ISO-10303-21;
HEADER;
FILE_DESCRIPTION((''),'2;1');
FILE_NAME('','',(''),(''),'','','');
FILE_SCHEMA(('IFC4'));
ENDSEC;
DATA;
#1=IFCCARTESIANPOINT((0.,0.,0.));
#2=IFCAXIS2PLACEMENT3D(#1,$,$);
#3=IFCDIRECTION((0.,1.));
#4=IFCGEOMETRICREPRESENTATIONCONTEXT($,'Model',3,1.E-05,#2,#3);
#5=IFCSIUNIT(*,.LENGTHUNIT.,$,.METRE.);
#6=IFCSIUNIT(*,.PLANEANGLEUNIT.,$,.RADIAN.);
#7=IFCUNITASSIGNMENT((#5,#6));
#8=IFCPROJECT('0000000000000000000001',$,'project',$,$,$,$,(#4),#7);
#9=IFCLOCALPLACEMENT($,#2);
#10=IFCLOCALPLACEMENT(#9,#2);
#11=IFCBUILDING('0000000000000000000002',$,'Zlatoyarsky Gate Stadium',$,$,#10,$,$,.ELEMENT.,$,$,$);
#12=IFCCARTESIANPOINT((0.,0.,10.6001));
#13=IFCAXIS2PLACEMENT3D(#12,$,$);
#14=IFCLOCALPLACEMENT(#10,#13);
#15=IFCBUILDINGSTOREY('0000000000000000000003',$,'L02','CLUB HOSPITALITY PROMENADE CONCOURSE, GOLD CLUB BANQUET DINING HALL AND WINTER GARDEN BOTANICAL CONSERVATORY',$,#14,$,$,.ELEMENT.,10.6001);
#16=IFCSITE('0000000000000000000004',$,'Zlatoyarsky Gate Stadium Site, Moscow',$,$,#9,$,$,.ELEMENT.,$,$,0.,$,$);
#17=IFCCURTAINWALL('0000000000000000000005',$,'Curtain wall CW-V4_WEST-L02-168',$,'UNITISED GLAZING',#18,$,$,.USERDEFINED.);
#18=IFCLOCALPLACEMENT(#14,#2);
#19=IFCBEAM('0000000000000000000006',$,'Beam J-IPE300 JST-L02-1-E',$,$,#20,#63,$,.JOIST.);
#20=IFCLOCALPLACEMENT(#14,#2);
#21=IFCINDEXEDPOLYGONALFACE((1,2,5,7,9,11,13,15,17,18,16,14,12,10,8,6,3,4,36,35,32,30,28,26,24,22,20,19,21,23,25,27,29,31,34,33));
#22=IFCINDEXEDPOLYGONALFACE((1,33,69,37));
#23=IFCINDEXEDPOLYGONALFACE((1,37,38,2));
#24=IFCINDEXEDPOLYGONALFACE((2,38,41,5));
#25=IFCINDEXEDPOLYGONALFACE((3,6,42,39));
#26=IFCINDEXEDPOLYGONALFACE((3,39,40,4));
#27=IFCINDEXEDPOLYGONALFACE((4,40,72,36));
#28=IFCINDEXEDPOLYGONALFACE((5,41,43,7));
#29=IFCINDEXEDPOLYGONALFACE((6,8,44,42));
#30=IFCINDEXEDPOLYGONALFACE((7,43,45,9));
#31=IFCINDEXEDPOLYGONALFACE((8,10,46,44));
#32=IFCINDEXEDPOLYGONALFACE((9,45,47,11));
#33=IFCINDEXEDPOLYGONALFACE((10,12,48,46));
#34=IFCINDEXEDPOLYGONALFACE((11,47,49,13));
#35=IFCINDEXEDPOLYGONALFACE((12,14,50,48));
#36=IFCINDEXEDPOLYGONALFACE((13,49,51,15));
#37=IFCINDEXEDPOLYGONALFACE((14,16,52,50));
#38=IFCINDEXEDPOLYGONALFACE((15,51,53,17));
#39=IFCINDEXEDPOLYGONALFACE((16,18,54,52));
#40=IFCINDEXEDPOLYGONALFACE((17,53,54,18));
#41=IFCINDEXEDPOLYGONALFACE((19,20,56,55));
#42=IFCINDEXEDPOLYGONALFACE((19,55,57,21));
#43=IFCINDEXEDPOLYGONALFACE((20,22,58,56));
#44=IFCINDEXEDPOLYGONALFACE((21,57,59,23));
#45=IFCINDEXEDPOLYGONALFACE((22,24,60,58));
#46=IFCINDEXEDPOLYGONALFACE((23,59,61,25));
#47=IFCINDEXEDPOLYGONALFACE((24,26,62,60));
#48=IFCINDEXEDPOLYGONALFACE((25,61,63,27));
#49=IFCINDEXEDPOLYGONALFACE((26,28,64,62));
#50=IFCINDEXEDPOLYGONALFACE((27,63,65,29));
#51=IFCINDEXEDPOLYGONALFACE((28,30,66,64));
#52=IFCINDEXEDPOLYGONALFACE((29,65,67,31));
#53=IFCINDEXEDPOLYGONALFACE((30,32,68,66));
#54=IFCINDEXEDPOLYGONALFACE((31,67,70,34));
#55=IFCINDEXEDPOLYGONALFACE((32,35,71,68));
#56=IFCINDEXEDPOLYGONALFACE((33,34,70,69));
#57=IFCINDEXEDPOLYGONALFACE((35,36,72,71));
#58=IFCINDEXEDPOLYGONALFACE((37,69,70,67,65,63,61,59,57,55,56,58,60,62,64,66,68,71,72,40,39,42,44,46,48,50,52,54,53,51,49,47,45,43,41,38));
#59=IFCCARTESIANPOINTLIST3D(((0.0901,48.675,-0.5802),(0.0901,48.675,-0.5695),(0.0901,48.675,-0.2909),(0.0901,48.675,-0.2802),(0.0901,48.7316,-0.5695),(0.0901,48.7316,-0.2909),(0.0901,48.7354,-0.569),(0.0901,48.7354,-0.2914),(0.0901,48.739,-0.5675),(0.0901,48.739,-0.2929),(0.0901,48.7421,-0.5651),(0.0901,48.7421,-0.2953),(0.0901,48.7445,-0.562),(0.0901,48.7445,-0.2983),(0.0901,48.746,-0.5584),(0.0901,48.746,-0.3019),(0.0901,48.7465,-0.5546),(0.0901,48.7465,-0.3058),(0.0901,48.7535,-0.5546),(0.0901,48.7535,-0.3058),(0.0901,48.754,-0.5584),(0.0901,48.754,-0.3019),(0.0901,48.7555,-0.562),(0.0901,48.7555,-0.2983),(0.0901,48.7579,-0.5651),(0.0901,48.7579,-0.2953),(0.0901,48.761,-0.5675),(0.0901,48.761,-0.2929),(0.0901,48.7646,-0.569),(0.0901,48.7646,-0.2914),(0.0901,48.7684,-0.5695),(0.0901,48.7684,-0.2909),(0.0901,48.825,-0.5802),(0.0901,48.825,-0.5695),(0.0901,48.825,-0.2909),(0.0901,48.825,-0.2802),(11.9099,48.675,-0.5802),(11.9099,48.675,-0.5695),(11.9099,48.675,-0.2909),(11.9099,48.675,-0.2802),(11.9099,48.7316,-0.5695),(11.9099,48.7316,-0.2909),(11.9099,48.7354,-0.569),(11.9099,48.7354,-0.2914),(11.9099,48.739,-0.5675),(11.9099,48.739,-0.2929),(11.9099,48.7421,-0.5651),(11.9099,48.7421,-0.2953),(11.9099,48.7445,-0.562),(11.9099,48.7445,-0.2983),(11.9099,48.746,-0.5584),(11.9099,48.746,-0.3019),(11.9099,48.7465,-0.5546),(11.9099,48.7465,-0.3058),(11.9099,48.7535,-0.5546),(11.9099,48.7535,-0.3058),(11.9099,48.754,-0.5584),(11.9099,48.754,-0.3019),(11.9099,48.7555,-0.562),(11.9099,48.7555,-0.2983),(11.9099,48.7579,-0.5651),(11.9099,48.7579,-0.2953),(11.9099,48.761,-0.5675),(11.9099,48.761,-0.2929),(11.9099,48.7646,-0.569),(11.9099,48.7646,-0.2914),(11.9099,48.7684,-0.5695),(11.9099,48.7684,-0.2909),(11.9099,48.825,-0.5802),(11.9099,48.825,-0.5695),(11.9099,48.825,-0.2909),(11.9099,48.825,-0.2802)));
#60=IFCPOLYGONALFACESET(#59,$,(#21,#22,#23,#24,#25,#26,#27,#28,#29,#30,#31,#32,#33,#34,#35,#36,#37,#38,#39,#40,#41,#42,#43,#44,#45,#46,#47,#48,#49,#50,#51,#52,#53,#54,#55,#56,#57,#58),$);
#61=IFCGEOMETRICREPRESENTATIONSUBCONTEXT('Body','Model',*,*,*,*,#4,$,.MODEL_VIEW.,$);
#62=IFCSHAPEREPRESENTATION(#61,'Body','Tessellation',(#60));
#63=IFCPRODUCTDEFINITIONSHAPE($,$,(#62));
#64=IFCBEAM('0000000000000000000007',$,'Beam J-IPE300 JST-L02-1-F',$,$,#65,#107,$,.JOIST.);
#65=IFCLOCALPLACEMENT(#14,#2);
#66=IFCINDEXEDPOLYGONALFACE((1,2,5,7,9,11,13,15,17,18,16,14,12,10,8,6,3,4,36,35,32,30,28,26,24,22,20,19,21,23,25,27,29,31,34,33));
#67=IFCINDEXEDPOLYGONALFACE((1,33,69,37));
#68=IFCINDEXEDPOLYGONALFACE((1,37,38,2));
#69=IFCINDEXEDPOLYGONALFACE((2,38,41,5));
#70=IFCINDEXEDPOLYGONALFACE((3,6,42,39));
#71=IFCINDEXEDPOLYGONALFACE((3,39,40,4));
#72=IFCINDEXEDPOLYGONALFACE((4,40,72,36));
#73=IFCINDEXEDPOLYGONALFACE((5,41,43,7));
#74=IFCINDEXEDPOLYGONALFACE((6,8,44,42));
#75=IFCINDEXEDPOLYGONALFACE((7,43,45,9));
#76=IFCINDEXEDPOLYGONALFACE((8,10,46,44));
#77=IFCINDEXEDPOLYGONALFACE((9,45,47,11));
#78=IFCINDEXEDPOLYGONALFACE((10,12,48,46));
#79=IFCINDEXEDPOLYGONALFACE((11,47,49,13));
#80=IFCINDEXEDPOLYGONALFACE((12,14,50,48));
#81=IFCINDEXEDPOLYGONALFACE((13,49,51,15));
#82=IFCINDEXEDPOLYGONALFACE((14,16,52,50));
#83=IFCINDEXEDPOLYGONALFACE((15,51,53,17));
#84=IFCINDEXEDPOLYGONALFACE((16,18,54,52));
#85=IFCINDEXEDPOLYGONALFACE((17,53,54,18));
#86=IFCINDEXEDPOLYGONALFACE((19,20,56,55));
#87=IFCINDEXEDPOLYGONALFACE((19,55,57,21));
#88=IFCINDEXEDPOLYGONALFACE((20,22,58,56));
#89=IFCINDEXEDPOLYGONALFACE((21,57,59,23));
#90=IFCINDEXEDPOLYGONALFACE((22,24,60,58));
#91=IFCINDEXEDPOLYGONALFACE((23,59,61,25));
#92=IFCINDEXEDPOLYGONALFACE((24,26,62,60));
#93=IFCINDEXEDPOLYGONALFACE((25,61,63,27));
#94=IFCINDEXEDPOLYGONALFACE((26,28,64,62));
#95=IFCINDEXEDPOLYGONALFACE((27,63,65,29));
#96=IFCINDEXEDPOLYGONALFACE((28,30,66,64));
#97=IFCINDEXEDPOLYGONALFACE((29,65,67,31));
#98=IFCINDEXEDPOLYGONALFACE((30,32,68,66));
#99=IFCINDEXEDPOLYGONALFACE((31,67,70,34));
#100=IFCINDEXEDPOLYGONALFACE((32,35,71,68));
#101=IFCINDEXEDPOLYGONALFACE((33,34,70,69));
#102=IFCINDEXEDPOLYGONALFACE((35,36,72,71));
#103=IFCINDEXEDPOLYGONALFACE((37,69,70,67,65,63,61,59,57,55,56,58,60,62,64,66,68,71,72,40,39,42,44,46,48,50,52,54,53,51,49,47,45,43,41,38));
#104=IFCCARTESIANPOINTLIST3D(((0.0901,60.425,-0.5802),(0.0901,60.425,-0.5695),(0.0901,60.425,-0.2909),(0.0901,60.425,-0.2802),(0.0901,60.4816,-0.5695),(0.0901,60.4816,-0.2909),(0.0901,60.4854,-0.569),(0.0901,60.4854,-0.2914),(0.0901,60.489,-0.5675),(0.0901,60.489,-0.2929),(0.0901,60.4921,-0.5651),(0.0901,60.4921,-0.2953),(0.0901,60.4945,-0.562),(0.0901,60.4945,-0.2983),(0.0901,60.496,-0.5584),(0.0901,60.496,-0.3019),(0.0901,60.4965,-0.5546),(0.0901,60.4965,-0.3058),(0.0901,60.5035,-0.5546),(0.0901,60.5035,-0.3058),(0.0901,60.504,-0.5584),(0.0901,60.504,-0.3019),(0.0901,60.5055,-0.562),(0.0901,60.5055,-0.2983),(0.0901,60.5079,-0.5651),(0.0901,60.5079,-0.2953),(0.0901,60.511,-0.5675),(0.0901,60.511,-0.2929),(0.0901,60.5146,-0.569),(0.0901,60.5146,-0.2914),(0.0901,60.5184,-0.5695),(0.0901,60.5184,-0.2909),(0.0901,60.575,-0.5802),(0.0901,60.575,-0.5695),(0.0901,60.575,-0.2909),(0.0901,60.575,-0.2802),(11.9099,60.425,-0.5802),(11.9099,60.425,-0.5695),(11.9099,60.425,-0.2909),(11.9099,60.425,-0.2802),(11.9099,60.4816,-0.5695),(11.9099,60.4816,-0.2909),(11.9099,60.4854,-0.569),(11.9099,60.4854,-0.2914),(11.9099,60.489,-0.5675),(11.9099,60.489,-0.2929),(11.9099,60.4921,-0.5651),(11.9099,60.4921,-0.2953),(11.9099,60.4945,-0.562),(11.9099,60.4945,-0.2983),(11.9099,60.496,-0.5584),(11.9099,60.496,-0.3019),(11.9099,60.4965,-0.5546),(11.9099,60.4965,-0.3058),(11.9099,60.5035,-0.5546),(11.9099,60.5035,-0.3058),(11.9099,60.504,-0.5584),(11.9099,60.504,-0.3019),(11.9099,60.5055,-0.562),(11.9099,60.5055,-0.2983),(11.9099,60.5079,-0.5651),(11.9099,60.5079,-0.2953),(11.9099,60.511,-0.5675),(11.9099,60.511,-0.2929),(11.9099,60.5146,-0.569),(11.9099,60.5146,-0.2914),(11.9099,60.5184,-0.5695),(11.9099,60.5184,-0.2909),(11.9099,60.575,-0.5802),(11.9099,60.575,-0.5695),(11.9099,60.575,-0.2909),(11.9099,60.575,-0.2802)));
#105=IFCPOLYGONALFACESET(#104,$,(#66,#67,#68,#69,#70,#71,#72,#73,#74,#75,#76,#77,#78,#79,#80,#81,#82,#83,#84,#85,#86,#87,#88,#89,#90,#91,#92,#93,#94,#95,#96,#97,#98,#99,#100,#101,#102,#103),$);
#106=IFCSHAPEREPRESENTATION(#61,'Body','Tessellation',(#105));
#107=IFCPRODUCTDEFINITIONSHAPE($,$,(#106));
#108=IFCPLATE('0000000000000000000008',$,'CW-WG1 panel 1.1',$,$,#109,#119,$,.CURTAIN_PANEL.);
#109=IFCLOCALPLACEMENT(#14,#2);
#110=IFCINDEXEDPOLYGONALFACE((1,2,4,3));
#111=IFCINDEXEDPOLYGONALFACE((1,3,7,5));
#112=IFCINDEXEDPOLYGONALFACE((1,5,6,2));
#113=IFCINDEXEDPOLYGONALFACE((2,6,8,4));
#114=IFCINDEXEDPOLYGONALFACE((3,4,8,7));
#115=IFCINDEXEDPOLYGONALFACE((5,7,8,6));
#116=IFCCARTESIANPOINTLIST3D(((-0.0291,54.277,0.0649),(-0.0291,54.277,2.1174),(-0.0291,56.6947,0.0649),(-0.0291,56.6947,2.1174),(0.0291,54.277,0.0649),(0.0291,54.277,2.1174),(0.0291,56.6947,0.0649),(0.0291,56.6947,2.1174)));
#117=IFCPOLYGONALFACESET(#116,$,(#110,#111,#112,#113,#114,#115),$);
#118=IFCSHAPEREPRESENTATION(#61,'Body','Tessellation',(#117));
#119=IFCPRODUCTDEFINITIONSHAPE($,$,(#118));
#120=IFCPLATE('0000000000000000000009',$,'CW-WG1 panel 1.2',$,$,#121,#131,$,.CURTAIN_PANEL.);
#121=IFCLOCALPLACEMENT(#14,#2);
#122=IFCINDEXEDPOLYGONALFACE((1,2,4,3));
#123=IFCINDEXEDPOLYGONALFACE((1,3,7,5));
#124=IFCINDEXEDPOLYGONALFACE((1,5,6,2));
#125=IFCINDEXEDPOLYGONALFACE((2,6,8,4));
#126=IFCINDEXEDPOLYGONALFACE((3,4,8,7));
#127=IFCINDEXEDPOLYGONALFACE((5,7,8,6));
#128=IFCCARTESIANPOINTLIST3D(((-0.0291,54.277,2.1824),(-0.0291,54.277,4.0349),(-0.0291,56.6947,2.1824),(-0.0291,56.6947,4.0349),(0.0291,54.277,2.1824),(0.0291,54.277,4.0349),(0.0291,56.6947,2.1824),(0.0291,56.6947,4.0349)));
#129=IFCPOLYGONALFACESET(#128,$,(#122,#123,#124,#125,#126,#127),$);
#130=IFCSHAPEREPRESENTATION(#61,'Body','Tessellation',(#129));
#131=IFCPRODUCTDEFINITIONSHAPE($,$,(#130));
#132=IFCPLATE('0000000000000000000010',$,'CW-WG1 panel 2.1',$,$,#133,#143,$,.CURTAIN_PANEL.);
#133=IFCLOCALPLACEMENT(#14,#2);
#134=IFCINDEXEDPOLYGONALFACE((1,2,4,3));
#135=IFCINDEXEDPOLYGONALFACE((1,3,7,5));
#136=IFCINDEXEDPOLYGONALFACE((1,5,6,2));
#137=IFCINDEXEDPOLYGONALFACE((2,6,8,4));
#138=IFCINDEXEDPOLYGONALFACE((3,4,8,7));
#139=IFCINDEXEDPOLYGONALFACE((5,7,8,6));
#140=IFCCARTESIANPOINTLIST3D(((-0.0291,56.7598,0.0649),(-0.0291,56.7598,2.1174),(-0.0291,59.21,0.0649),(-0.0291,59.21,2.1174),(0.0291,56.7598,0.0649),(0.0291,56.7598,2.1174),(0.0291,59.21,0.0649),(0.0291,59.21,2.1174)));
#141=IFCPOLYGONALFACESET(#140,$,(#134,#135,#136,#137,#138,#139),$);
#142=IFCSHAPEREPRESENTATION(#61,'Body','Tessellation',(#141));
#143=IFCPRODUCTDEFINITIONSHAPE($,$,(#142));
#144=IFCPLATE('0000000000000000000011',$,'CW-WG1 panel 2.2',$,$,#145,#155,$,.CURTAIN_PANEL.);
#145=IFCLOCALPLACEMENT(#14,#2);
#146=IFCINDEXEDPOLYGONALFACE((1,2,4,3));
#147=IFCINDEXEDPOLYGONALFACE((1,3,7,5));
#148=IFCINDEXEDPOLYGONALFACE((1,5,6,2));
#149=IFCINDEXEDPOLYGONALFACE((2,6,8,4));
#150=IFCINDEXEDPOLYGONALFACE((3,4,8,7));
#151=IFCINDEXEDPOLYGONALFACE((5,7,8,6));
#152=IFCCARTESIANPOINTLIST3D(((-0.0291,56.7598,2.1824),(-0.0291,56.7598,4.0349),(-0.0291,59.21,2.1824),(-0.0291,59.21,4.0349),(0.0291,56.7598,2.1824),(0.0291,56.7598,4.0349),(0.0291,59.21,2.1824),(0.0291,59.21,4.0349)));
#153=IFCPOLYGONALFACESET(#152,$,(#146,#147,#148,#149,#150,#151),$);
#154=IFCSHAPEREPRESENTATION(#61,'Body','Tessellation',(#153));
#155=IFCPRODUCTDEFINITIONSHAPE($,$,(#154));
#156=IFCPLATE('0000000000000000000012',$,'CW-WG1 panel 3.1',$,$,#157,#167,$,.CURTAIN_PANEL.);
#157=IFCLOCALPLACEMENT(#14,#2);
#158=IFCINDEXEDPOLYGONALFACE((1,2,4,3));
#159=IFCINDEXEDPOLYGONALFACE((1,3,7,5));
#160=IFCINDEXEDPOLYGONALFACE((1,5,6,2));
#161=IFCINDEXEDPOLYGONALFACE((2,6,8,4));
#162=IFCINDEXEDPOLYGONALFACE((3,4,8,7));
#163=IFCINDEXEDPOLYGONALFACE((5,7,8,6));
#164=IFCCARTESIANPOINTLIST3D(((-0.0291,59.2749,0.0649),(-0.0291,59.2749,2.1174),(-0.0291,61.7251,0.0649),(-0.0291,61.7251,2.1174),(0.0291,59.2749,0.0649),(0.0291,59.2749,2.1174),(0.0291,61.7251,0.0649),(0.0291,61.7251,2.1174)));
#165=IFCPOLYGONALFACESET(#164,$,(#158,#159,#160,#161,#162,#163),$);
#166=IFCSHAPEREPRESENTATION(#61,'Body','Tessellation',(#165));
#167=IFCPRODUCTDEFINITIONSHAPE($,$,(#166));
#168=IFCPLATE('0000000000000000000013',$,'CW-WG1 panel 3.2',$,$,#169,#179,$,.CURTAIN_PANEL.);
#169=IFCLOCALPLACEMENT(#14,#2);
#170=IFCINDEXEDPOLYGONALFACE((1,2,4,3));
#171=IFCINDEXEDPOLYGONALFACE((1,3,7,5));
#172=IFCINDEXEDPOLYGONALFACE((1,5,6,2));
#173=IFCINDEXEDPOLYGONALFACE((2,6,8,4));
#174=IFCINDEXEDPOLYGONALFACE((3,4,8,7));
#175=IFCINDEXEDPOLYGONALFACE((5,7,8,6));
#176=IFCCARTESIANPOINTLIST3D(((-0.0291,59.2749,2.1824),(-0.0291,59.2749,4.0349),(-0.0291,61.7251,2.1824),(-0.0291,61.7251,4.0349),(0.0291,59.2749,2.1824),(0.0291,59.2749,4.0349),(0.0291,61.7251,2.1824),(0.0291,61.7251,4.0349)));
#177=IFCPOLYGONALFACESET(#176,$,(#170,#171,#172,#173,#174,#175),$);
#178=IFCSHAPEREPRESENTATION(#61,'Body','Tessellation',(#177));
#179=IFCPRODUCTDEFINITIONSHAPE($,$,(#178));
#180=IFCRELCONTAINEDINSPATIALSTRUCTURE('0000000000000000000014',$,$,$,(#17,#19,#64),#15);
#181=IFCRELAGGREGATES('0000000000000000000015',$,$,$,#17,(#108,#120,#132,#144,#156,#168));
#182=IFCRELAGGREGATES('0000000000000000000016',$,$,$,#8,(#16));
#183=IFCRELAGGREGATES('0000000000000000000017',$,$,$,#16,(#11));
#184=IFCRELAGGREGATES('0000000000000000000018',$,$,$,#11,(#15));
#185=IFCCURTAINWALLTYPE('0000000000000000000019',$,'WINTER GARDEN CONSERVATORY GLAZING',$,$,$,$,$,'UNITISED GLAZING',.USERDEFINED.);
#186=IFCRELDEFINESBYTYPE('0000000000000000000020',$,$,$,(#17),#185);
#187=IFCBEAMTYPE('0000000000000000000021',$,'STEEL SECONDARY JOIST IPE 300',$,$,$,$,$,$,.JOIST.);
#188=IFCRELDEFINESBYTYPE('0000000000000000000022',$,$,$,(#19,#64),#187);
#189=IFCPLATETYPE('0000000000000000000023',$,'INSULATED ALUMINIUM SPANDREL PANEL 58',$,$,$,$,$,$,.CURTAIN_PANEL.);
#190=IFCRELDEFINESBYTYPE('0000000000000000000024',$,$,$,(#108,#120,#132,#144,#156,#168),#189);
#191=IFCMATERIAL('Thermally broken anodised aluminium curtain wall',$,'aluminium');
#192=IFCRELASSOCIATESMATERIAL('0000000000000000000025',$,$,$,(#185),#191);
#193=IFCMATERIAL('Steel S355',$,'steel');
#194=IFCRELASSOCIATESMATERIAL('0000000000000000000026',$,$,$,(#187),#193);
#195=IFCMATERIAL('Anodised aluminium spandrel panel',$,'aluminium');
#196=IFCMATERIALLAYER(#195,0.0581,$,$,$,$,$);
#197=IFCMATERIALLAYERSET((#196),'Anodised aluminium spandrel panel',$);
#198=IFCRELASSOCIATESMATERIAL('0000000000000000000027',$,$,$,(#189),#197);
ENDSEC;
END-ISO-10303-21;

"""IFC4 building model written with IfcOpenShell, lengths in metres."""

from ifc_helpers import new_model, si_unit, direction, frame, origin, origin_2d, place, context, subcontext, project, spatial, rectangle, i_section, extrude, material, layer, layer_set, material_profile, profile_set, type_object, element, aggregate, save


model = new_model("IFC4")

# Units and contexts
model_context = context("Model", 3, precision=1e-05, world=origin(), true_north=direction((0.0, 1.0)))
body_context = subcontext(model_context, "Body", "Model", "MODEL_VIEW")
ifc_project = project(units=[si_unit("LENGTHUNIT", "METRE"), si_unit("PLANEANGLEUNIT", "RADIAN")], contexts=[model_context])

# Site, building, storey
site_placement = place(None, origin())
site = spatial("IfcSite", under=ifc_project, at=site_placement, Name="Zlatoyarsky Gate Stadium Site, Moscow", CompositionType="ELEMENT", RefElevation=0.0)
building_placement = place(site_placement, origin())
building = spatial("IfcBuilding", under=site, at=building_placement, Name="Zlatoyarsky Gate Stadium", CompositionType="ELEMENT")
storey_placement = place(building_placement, frame((0.0, 0.0, 10.6001)))
storey = spatial("IfcBuildingStorey", under=building, at=storey_placement, Name="L02", Description="CLUB HOSPITALITY PROMENADE CONCOURSE, GOLD CLUB BANQUET DINING HALL AND WINTER GARDEN BOTANICAL CONSERVATORY", CompositionType="ELEMENT", Elevation=10.6001)

# Shared definitions
ifc_material_1 = material(Name="Steel S355", Category="steel")

# Curtain wall
ifc_material_2 = material(Name="Thermally broken anodised aluminium curtain wall", Category="aluminium")
curtain_wall_type = type_object("IfcCurtainWallType", Name="WINTER GARDEN CONSERVATORY GLAZING", ElementType="UNITISED GLAZING", PredefinedType="USERDEFINED", material=ifc_material_2)
curtain_wall_placement = place(storey_placement, origin())
curtain_wall = element("IfcCurtainWall", 1, at=curtain_wall_placement, inside=storey, type_object=curtain_wall_type, Name="Curtain wall CW-V4_WEST-L02-168", ObjectType="UNITISED GLAZING", PredefinedType="USERDEFINED")

# Beams
ifc_material_profile_1 = material_profile(ifc_material_1, i_section(OverallWidth=0.1499, OverallDepth=0.3, WebThickness=0.0071, FlangeThickness=0.0107, FilletRadius=0.0149, at=origin_2d()), Name="IPE 300")
ifc_profile_set_1 = profile_set([ifc_material_profile_1], Name="Steel S355")
beam_type_1 = type_object("IfcBeamType", Name="STEEL SECONDARY JOIST IPE 300", PredefinedType="JOIST", material=ifc_profile_set_1)
for number, where, z_axis, x_axis, name in (
    (2, (0.0901, 48.75, -0.4302), (1.0, 0.0, 0.0), (0.0, 1.0, 0.0), "Beam J-IPE300 JST-L02-1-E"),
    (3, (0.0901, 60.5, -0.4302), (1.0, 0.0, 0.0), (0.0, 1.0, 0.0), "Beam J-IPE300 JST-L02-1-F"),
):
    element("IfcBeam", number, at=place(storey_placement, frame(where, z_axis=z_axis, x_axis=x_axis)), inside=storey, type_object=beam_type_1, Name=name, PredefinedType="JOIST", context=body_context, shape_type="SweptSolid", body=[
        extrude(i_section(OverallWidth=0.1499, OverallDepth=0.3, WebThickness=0.0071, FlangeThickness=0.0107, FilletRadius=0.0149, at=origin_2d()), origin(), (0.0, 0.0, 1.0), 11.8198),
    ])

# Plates
ifc_material_3 = material(Name="Anodised aluminium spandrel panel", Category="aluminium")
ifc_layer_1 = layer(ifc_material_3, 0.0581)
ifc_layer_set_1 = layer_set([ifc_layer_1], Name="Anodised aluminium spandrel panel")
plate_type = type_object("IfcPlateType", Name="INSULATED ALUMINIUM SPANDREL PANEL 58", PredefinedType="CURTAIN_PANEL", material=ifc_layer_set_1)
plate_1_placement = place(storey_placement, frame((0.0, 55.4858, 0.0649), z_axis=(0.0, 0.0, 1.0), x_axis=(0.0, 1.0, 0.0)))
plate_1 = element("IfcPlate", 4, at=plate_1_placement, type_object=plate_type, Name="CW-WG1 panel 1.1", PredefinedType="CURTAIN_PANEL", context=body_context, shape_type="SweptSolid", body=[
    extrude(rectangle(XDim=2.4177, YDim=0.0581, at=origin_2d()), origin(), (0.0, 0.0, 1.0), 2.0525),
])
plate_2_placement = place(storey_placement, frame((0.0, 55.4858, 2.1824), z_axis=(0.0, 0.0, 1.0), x_axis=(0.0, 1.0, 0.0)))
plate_2 = element("IfcPlate", 5, at=plate_2_placement, type_object=plate_type, Name="CW-WG1 panel 1.2", PredefinedType="CURTAIN_PANEL", context=body_context, shape_type="SweptSolid", body=[
    extrude(rectangle(XDim=2.4177, YDim=0.0581, at=origin_2d()), origin(), (0.0, 0.0, 1.0), 1.8525),
])
plate_3_placement = place(storey_placement, frame((0.0, 57.9849, 0.0649), z_axis=(0.0, 0.0, 1.0), x_axis=(0.0, 1.0, 0.0)))
plate_3 = element("IfcPlate", 6, at=plate_3_placement, type_object=plate_type, Name="CW-WG1 panel 2.1", PredefinedType="CURTAIN_PANEL", context=body_context, shape_type="SweptSolid", body=[
    extrude(rectangle(XDim=2.4502, YDim=0.0581, at=origin_2d()), origin(), (0.0, 0.0, 1.0), 2.0525),
])
plate_4_placement = place(storey_placement, frame((0.0, 57.9849, 2.1824), z_axis=(0.0, 0.0, 1.0), x_axis=(0.0, 1.0, 0.0)))
plate_4 = element("IfcPlate", 7, at=plate_4_placement, type_object=plate_type, Name="CW-WG1 panel 2.2", PredefinedType="CURTAIN_PANEL", context=body_context, shape_type="SweptSolid", body=[
    extrude(rectangle(XDim=2.4502, YDim=0.0581, at=origin_2d()), origin(), (0.0, 0.0, 1.0), 1.8525),
])
plate_5_placement = place(storey_placement, frame((0.0, 60.5, 0.0649), z_axis=(0.0, 0.0, 1.0), x_axis=(0.0, 1.0, 0.0)))
plate_5 = element("IfcPlate", 8, at=plate_5_placement, type_object=plate_type, Name="CW-WG1 panel 3.1", PredefinedType="CURTAIN_PANEL", context=body_context, shape_type="SweptSolid", body=[
    extrude(rectangle(XDim=2.4502, YDim=0.0581, at=origin_2d()), origin(), (0.0, 0.0, 1.0), 2.0525),
])
plate_6_placement = place(storey_placement, frame((0.0, 60.5, 2.1824), z_axis=(0.0, 0.0, 1.0), x_axis=(0.0, 1.0, 0.0)))
plate_6 = element("IfcPlate", 9, at=plate_6_placement, type_object=plate_type, Name="CW-WG1 panel 3.2", PredefinedType="CURTAIN_PANEL", context=body_context, shape_type="SweptSolid", body=[
    extrude(rectangle(XDim=2.4502, YDim=0.0581, at=origin_2d()), origin(), (0.0, 0.0, 1.0), 1.8525),
])
aggregate(curtain_wall, [plate_1, plate_2, plate_3, plate_4, plate_5, plate_6])

save(model, "model.ifc")
